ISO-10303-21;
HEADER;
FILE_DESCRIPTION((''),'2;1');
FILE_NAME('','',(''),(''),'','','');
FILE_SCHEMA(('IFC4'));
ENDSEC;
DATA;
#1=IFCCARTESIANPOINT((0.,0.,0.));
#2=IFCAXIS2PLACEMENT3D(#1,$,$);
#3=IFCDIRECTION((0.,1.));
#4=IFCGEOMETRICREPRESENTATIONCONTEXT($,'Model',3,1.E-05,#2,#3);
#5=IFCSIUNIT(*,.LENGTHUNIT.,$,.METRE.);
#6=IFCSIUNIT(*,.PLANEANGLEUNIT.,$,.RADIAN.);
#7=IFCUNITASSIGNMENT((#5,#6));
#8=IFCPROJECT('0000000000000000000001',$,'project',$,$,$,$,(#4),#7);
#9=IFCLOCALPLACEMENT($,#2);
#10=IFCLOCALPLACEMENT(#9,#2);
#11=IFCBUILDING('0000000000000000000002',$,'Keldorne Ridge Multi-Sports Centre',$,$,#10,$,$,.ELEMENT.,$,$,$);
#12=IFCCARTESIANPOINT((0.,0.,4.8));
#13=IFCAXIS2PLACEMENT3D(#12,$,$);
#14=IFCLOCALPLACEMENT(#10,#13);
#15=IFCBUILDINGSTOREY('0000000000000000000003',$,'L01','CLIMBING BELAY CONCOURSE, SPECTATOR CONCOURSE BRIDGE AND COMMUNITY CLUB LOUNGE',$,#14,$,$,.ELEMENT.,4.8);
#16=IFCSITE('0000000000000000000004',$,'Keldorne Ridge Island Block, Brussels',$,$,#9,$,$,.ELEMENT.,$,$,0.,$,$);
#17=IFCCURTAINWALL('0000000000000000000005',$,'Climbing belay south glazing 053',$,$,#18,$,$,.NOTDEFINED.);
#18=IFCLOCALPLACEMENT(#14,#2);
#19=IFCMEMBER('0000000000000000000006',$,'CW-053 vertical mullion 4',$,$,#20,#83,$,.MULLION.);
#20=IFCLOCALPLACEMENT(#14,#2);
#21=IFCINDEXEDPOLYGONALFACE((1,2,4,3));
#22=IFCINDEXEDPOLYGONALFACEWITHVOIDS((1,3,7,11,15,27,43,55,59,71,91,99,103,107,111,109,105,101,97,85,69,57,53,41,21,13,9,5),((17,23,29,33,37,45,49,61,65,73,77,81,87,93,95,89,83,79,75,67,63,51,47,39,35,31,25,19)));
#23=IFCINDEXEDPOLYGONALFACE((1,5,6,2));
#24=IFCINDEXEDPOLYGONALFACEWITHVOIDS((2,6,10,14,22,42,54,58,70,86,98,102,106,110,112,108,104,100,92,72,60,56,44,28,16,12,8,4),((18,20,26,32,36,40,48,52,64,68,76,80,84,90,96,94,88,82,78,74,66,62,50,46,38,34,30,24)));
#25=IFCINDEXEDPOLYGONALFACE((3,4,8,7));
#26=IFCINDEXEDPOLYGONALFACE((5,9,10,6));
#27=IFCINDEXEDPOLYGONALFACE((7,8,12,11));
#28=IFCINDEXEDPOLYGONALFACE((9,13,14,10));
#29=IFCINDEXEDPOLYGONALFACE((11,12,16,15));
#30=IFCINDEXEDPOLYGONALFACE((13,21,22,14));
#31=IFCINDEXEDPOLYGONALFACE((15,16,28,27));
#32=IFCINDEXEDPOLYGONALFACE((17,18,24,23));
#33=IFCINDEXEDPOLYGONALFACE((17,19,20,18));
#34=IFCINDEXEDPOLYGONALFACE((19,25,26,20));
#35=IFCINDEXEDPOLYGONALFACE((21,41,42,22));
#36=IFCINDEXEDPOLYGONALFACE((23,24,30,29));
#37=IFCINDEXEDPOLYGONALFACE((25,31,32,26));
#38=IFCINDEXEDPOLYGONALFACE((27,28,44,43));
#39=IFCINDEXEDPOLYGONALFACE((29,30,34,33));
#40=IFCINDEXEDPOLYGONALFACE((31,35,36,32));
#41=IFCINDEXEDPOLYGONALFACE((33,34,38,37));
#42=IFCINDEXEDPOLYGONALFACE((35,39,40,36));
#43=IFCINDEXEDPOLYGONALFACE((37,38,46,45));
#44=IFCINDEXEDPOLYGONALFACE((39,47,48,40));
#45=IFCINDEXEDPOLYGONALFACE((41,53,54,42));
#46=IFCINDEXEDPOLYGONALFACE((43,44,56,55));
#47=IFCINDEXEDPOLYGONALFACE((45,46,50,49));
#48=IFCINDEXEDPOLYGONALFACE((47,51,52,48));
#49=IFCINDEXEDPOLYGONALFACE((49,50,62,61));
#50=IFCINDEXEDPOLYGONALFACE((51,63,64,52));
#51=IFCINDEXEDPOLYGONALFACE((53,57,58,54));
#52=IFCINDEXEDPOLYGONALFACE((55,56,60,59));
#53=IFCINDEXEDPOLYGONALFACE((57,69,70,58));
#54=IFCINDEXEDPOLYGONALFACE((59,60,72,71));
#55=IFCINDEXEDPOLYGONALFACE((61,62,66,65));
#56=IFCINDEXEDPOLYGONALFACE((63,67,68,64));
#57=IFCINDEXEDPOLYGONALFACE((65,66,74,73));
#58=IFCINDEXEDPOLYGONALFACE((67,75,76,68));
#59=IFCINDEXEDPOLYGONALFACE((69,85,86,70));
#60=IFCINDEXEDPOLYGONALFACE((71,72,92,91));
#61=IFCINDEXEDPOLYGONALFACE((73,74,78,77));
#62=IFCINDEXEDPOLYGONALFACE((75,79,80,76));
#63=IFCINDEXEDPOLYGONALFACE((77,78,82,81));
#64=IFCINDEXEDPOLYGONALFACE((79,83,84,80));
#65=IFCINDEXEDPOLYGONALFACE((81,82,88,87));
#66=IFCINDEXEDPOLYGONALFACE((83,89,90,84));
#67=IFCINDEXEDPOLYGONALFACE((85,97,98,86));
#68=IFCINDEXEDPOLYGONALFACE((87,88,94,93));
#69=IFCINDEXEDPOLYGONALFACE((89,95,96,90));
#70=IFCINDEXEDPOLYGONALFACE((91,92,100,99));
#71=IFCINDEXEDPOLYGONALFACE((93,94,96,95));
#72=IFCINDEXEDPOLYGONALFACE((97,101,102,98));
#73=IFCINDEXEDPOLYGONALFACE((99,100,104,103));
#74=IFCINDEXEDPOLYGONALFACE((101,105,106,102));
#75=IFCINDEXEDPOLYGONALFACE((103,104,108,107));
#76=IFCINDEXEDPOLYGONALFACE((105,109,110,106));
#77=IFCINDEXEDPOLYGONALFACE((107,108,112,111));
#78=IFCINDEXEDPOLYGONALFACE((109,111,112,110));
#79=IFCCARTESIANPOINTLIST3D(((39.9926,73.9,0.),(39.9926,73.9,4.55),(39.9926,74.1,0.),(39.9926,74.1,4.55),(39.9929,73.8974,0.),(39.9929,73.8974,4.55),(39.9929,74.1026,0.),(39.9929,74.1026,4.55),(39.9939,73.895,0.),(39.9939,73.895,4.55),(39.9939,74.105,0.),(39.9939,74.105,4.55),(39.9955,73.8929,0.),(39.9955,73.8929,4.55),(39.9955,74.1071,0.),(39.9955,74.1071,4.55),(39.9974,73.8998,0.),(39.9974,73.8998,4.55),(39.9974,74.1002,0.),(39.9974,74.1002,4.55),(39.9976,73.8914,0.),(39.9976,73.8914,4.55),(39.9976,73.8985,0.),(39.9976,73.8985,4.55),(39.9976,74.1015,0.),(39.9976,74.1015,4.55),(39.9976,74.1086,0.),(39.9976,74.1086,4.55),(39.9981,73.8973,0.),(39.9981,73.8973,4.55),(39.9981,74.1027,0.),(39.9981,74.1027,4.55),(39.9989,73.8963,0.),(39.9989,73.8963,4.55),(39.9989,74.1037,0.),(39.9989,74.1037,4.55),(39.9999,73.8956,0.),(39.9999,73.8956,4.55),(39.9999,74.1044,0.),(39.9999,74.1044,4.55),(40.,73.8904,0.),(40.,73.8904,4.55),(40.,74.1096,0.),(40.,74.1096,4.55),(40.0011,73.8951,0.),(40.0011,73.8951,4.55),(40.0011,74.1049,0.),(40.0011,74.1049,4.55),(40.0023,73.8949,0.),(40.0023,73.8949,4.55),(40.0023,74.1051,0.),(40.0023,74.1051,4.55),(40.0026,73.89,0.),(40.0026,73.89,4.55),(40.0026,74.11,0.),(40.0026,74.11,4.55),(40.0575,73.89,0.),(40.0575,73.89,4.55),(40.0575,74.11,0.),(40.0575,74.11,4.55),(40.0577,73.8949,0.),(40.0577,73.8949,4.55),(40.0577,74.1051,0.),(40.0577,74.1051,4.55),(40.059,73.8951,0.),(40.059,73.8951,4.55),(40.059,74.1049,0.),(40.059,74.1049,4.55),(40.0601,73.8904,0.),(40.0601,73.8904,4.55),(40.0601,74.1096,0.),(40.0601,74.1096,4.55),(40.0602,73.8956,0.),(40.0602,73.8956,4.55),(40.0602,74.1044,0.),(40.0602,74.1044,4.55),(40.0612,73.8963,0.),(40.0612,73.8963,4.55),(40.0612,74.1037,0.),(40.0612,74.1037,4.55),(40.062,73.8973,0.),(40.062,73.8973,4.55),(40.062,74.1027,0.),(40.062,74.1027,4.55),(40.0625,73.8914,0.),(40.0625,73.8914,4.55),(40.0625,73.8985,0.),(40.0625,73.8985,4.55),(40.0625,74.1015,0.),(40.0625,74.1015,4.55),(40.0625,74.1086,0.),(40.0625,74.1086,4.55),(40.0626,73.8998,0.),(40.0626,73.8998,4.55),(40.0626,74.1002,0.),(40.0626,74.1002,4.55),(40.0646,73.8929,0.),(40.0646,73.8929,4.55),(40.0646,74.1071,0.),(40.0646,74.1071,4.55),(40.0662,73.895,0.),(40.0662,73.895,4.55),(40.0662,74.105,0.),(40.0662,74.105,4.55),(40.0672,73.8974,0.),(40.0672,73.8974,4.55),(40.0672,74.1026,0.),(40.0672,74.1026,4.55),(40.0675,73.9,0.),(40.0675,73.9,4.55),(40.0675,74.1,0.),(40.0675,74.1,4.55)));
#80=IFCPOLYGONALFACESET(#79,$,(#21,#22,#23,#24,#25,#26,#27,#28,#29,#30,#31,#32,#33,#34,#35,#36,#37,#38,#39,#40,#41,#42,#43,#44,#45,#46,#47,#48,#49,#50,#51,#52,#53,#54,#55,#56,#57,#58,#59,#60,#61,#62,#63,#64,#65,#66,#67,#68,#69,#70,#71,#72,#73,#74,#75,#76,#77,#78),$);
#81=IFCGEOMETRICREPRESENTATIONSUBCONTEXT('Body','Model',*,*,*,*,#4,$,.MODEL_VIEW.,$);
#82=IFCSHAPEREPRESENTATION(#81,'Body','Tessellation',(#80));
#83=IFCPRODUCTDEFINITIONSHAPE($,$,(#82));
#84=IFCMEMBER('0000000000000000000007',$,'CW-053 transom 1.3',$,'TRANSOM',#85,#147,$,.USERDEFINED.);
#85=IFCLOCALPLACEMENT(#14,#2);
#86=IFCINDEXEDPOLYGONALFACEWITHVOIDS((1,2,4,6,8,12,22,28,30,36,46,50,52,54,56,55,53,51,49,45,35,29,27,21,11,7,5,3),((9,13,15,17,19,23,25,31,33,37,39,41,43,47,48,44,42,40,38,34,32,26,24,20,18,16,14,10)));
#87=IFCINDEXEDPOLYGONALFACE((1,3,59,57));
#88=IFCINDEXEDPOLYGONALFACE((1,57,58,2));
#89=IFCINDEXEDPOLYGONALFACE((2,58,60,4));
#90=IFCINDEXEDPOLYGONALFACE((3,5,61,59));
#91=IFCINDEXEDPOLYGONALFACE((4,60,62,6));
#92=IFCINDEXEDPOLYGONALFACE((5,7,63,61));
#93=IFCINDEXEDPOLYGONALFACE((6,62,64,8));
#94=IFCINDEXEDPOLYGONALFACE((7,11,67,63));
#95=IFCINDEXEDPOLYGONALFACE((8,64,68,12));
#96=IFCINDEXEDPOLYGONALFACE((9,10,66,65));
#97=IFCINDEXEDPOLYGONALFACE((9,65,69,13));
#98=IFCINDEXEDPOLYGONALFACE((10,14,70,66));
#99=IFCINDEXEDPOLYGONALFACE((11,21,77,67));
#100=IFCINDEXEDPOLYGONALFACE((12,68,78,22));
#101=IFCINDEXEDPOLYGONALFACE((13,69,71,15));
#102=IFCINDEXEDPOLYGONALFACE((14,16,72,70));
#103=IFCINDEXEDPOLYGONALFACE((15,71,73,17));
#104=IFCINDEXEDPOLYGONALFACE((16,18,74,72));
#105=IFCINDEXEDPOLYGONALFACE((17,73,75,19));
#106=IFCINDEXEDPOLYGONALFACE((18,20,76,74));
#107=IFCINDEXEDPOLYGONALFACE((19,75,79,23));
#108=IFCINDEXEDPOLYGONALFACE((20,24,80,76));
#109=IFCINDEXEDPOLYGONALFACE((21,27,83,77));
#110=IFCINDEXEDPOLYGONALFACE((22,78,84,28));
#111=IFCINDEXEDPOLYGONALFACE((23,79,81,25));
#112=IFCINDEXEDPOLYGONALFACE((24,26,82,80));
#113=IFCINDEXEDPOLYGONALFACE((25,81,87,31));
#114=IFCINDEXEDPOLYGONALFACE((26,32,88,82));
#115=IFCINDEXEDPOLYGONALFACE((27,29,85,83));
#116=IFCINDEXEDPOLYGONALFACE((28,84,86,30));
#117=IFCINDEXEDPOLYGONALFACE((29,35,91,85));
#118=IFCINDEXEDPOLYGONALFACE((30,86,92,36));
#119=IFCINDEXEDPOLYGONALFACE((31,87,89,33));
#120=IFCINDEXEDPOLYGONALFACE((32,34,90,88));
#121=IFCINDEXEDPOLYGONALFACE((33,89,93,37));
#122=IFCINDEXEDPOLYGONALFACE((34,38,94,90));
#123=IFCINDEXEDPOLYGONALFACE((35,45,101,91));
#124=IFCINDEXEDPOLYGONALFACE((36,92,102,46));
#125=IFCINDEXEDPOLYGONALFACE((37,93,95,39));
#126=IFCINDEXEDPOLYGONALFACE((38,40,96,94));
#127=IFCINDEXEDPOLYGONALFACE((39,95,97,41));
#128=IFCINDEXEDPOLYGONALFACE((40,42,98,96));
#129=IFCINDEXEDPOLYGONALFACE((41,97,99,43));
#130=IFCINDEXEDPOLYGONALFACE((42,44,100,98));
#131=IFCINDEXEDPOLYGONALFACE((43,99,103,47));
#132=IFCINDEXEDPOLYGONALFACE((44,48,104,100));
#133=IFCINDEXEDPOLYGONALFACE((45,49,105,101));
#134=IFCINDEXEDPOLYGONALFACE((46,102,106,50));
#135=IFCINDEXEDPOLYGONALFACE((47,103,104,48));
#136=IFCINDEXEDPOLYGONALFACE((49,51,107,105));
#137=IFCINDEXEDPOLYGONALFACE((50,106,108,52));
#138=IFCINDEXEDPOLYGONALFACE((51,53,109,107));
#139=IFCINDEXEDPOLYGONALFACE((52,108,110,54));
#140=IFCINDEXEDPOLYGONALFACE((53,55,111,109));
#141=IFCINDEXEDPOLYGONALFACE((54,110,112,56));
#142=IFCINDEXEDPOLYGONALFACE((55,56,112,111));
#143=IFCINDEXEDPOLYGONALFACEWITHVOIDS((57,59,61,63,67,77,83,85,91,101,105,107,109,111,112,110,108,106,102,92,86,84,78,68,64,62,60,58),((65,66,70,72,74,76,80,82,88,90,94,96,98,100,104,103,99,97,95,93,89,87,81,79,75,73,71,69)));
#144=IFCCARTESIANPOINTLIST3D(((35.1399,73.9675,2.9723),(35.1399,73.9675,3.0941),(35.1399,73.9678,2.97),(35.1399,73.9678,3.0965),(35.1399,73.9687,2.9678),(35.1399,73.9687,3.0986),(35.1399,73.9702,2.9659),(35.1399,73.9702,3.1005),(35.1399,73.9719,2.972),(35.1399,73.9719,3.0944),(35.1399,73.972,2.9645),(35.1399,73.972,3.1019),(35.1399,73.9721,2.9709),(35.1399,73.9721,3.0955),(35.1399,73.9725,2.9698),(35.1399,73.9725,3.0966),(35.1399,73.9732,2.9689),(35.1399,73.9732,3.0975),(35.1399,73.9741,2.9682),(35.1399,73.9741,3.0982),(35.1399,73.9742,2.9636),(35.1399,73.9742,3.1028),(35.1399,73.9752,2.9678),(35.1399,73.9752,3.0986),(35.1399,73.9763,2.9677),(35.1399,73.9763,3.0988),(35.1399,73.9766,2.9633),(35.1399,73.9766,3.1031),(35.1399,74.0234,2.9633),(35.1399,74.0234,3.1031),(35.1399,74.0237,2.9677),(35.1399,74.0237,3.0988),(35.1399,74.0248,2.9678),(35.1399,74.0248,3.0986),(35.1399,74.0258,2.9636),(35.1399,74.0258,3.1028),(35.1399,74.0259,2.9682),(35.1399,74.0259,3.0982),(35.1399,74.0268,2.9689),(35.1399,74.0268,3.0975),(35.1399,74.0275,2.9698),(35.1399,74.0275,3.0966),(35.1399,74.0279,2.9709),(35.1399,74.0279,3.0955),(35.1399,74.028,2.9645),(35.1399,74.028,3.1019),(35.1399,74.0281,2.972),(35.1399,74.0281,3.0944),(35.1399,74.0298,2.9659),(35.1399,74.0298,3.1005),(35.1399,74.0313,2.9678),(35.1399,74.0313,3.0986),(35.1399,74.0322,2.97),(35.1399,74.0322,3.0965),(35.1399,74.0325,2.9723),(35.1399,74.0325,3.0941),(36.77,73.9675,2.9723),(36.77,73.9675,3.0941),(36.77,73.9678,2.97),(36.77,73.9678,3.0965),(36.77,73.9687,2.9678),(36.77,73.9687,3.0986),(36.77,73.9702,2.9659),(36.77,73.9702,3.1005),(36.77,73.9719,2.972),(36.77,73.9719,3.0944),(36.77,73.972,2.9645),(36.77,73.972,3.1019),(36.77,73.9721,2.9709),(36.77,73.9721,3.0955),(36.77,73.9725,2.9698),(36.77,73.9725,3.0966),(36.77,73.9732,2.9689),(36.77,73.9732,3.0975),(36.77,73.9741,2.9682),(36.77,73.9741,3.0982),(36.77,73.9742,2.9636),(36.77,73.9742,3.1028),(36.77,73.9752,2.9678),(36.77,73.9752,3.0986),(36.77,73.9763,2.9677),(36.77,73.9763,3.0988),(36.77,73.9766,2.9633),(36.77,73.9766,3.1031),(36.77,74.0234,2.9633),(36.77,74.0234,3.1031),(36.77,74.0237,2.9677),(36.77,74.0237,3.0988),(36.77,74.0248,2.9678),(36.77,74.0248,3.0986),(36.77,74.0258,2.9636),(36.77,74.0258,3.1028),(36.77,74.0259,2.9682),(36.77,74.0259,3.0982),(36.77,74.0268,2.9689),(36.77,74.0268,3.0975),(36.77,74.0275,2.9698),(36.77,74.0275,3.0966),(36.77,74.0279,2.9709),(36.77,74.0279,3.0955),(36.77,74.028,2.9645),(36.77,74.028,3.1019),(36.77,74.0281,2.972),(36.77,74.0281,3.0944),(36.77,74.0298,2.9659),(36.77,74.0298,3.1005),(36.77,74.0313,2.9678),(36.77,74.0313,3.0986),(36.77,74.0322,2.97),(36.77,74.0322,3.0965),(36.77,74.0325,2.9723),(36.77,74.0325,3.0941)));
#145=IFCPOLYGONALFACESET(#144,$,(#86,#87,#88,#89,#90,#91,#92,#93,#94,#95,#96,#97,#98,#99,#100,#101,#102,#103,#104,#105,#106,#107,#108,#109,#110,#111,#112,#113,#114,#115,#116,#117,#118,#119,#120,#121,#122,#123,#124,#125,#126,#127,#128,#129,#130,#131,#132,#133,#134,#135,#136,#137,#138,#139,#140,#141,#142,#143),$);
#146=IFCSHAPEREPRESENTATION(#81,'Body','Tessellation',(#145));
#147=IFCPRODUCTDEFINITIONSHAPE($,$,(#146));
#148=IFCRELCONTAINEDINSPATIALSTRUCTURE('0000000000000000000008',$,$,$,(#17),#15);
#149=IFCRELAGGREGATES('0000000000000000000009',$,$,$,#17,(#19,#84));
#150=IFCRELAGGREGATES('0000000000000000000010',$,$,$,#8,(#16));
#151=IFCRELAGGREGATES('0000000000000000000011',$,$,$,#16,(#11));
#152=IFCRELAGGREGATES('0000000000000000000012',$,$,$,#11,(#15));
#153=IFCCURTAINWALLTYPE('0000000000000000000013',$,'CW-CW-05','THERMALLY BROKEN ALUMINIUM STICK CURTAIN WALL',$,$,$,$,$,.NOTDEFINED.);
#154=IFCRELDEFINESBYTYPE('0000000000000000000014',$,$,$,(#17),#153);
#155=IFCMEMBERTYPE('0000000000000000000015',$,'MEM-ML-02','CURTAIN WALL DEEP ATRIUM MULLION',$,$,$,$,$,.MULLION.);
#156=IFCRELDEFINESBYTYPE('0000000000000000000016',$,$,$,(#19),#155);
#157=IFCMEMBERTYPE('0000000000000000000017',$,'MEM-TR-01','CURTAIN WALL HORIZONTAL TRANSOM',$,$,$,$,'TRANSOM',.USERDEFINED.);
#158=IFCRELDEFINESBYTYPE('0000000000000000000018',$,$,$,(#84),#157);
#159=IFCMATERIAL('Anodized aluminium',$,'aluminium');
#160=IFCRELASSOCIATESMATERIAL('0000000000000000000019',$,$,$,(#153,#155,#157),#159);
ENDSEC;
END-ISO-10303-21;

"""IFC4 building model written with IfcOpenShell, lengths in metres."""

from ifc_helpers import new_model, si_unit, direction, frame, origin, origin_2d, place, context, subcontext, project, spatial, hollow_rectangle, extrude, material, material_profile, profile_set, type_object, element, aggregate, save


model = new_model("IFC4")

# Units and contexts
model_context = context("Model", 3, precision=1e-05, world=origin(), true_north=direction((0.0, 1.0)))
body_context = subcontext(model_context, "Body", "Model", "MODEL_VIEW")
ifc_project = project(units=[si_unit("LENGTHUNIT", "METRE"), si_unit("PLANEANGLEUNIT", "RADIAN")], contexts=[model_context])

# Site, building, storey
site_placement = place(None, origin())
site = spatial("IfcSite", under=ifc_project, at=site_placement, Name="Keldorne Ridge Island Block, Brussels", CompositionType="ELEMENT", RefElevation=0.0)
building_placement = place(site_placement, origin())
building = spatial("IfcBuilding", under=site, at=building_placement, Name="Keldorne Ridge Multi-Sports Centre", CompositionType="ELEMENT")
storey_placement = place(building_placement, frame((0.0, 0.0, 4.8)))
storey = spatial("IfcBuildingStorey", under=building, at=storey_placement, Name="L01", Description="CLIMBING BELAY CONCOURSE, SPECTATOR CONCOURSE BRIDGE AND COMMUNITY CLUB LOUNGE", CompositionType="ELEMENT", Elevation=4.8)

# Curtain wall, members
ifc_material_1 = material(Name="Anodized aluminium", Category="aluminium")
curtain_wall_type = type_object("IfcCurtainWallType", Name="CW-CW-05", Description="THERMALLY BROKEN ALUMINIUM STICK CURTAIN WALL", PredefinedType="NOTDEFINED", material=ifc_material_1)
curtain_wall_placement = place(storey_placement, origin())
curtain_wall = element("IfcCurtainWall", 1, at=curtain_wall_placement, inside=storey, type_object=curtain_wall_type, Name="Climbing belay south glazing 053", PredefinedType="NOTDEFINED")
ifc_material_profile_1 = material_profile(ifc_material_1, hollow_rectangle(XDim=0.075, YDim=0.22, WallThickness=0.0049, InnerFilletRadius=0.0049, OuterFilletRadius=0.01, at=origin_2d()), Name="ALU MULLION 220x75x5")
ifc_profile_set_1 = profile_set([ifc_material_profile_1], Name="Anodized aluminium")
member_type_1 = type_object("IfcMemberType", Name="MEM-ML-02", Description="CURTAIN WALL DEEP ATRIUM MULLION", PredefinedType="MULLION", material=ifc_profile_set_1)
member_1_placement = place(storey_placement, frame((40.03, 74.0, 0.0), z_axis=(0.0, 0.0, 1.0), x_axis=(1.0, 0.0, 0.0)))
member_1 = element("IfcMember", 2, at=member_1_placement, type_object=member_type_1, Name="CW-053 vertical mullion 4", PredefinedType="MULLION", context=body_context, shape_type="SweptSolid", body=[
    extrude(hollow_rectangle(XDim=0.075, YDim=0.22, WallThickness=0.0049, InnerFilletRadius=0.0049, OuterFilletRadius=0.01, at=origin_2d()), origin(), (0.0, 0.0, 1.0), 4.55),
])
ifc_material_profile_2 = material_profile(ifc_material_1, hollow_rectangle(XDim=0.0649, YDim=0.1399, WallThickness=0.0044, InnerFilletRadius=0.0044, OuterFilletRadius=0.009, at=origin_2d()), Name="ALU TRANSOM 140x65x4.5")
ifc_profile_set_2 = profile_set([ifc_material_profile_2], Name="Anodized aluminium")
member_type_2 = type_object("IfcMemberType", Name="MEM-TR-01", Description="CURTAIN WALL HORIZONTAL TRANSOM", ElementType="TRANSOM", PredefinedType="USERDEFINED", material=ifc_profile_set_2)
member_2_placement = place(storey_placement, frame((35.1399, 74.0, 3.0332), z_axis=(1.0, 0.0, 0.0), x_axis=(0.0, 1.0, 0.0)))
member_2 = element("IfcMember", 3, at=member_2_placement, type_object=member_type_2, Name="CW-053 transom 1.3", ObjectType="TRANSOM", PredefinedType="USERDEFINED", context=body_context, shape_type="SweptSolid", body=[
    extrude(hollow_rectangle(XDim=0.0649, YDim=0.1399, WallThickness=0.0044, InnerFilletRadius=0.0044, OuterFilletRadius=0.009, at=origin_2d()), origin(), (0.0, 0.0, 1.0), 1.6301),
])
aggregate(curtain_wall, [member_1, member_2])

save(model, "model.ifc")
